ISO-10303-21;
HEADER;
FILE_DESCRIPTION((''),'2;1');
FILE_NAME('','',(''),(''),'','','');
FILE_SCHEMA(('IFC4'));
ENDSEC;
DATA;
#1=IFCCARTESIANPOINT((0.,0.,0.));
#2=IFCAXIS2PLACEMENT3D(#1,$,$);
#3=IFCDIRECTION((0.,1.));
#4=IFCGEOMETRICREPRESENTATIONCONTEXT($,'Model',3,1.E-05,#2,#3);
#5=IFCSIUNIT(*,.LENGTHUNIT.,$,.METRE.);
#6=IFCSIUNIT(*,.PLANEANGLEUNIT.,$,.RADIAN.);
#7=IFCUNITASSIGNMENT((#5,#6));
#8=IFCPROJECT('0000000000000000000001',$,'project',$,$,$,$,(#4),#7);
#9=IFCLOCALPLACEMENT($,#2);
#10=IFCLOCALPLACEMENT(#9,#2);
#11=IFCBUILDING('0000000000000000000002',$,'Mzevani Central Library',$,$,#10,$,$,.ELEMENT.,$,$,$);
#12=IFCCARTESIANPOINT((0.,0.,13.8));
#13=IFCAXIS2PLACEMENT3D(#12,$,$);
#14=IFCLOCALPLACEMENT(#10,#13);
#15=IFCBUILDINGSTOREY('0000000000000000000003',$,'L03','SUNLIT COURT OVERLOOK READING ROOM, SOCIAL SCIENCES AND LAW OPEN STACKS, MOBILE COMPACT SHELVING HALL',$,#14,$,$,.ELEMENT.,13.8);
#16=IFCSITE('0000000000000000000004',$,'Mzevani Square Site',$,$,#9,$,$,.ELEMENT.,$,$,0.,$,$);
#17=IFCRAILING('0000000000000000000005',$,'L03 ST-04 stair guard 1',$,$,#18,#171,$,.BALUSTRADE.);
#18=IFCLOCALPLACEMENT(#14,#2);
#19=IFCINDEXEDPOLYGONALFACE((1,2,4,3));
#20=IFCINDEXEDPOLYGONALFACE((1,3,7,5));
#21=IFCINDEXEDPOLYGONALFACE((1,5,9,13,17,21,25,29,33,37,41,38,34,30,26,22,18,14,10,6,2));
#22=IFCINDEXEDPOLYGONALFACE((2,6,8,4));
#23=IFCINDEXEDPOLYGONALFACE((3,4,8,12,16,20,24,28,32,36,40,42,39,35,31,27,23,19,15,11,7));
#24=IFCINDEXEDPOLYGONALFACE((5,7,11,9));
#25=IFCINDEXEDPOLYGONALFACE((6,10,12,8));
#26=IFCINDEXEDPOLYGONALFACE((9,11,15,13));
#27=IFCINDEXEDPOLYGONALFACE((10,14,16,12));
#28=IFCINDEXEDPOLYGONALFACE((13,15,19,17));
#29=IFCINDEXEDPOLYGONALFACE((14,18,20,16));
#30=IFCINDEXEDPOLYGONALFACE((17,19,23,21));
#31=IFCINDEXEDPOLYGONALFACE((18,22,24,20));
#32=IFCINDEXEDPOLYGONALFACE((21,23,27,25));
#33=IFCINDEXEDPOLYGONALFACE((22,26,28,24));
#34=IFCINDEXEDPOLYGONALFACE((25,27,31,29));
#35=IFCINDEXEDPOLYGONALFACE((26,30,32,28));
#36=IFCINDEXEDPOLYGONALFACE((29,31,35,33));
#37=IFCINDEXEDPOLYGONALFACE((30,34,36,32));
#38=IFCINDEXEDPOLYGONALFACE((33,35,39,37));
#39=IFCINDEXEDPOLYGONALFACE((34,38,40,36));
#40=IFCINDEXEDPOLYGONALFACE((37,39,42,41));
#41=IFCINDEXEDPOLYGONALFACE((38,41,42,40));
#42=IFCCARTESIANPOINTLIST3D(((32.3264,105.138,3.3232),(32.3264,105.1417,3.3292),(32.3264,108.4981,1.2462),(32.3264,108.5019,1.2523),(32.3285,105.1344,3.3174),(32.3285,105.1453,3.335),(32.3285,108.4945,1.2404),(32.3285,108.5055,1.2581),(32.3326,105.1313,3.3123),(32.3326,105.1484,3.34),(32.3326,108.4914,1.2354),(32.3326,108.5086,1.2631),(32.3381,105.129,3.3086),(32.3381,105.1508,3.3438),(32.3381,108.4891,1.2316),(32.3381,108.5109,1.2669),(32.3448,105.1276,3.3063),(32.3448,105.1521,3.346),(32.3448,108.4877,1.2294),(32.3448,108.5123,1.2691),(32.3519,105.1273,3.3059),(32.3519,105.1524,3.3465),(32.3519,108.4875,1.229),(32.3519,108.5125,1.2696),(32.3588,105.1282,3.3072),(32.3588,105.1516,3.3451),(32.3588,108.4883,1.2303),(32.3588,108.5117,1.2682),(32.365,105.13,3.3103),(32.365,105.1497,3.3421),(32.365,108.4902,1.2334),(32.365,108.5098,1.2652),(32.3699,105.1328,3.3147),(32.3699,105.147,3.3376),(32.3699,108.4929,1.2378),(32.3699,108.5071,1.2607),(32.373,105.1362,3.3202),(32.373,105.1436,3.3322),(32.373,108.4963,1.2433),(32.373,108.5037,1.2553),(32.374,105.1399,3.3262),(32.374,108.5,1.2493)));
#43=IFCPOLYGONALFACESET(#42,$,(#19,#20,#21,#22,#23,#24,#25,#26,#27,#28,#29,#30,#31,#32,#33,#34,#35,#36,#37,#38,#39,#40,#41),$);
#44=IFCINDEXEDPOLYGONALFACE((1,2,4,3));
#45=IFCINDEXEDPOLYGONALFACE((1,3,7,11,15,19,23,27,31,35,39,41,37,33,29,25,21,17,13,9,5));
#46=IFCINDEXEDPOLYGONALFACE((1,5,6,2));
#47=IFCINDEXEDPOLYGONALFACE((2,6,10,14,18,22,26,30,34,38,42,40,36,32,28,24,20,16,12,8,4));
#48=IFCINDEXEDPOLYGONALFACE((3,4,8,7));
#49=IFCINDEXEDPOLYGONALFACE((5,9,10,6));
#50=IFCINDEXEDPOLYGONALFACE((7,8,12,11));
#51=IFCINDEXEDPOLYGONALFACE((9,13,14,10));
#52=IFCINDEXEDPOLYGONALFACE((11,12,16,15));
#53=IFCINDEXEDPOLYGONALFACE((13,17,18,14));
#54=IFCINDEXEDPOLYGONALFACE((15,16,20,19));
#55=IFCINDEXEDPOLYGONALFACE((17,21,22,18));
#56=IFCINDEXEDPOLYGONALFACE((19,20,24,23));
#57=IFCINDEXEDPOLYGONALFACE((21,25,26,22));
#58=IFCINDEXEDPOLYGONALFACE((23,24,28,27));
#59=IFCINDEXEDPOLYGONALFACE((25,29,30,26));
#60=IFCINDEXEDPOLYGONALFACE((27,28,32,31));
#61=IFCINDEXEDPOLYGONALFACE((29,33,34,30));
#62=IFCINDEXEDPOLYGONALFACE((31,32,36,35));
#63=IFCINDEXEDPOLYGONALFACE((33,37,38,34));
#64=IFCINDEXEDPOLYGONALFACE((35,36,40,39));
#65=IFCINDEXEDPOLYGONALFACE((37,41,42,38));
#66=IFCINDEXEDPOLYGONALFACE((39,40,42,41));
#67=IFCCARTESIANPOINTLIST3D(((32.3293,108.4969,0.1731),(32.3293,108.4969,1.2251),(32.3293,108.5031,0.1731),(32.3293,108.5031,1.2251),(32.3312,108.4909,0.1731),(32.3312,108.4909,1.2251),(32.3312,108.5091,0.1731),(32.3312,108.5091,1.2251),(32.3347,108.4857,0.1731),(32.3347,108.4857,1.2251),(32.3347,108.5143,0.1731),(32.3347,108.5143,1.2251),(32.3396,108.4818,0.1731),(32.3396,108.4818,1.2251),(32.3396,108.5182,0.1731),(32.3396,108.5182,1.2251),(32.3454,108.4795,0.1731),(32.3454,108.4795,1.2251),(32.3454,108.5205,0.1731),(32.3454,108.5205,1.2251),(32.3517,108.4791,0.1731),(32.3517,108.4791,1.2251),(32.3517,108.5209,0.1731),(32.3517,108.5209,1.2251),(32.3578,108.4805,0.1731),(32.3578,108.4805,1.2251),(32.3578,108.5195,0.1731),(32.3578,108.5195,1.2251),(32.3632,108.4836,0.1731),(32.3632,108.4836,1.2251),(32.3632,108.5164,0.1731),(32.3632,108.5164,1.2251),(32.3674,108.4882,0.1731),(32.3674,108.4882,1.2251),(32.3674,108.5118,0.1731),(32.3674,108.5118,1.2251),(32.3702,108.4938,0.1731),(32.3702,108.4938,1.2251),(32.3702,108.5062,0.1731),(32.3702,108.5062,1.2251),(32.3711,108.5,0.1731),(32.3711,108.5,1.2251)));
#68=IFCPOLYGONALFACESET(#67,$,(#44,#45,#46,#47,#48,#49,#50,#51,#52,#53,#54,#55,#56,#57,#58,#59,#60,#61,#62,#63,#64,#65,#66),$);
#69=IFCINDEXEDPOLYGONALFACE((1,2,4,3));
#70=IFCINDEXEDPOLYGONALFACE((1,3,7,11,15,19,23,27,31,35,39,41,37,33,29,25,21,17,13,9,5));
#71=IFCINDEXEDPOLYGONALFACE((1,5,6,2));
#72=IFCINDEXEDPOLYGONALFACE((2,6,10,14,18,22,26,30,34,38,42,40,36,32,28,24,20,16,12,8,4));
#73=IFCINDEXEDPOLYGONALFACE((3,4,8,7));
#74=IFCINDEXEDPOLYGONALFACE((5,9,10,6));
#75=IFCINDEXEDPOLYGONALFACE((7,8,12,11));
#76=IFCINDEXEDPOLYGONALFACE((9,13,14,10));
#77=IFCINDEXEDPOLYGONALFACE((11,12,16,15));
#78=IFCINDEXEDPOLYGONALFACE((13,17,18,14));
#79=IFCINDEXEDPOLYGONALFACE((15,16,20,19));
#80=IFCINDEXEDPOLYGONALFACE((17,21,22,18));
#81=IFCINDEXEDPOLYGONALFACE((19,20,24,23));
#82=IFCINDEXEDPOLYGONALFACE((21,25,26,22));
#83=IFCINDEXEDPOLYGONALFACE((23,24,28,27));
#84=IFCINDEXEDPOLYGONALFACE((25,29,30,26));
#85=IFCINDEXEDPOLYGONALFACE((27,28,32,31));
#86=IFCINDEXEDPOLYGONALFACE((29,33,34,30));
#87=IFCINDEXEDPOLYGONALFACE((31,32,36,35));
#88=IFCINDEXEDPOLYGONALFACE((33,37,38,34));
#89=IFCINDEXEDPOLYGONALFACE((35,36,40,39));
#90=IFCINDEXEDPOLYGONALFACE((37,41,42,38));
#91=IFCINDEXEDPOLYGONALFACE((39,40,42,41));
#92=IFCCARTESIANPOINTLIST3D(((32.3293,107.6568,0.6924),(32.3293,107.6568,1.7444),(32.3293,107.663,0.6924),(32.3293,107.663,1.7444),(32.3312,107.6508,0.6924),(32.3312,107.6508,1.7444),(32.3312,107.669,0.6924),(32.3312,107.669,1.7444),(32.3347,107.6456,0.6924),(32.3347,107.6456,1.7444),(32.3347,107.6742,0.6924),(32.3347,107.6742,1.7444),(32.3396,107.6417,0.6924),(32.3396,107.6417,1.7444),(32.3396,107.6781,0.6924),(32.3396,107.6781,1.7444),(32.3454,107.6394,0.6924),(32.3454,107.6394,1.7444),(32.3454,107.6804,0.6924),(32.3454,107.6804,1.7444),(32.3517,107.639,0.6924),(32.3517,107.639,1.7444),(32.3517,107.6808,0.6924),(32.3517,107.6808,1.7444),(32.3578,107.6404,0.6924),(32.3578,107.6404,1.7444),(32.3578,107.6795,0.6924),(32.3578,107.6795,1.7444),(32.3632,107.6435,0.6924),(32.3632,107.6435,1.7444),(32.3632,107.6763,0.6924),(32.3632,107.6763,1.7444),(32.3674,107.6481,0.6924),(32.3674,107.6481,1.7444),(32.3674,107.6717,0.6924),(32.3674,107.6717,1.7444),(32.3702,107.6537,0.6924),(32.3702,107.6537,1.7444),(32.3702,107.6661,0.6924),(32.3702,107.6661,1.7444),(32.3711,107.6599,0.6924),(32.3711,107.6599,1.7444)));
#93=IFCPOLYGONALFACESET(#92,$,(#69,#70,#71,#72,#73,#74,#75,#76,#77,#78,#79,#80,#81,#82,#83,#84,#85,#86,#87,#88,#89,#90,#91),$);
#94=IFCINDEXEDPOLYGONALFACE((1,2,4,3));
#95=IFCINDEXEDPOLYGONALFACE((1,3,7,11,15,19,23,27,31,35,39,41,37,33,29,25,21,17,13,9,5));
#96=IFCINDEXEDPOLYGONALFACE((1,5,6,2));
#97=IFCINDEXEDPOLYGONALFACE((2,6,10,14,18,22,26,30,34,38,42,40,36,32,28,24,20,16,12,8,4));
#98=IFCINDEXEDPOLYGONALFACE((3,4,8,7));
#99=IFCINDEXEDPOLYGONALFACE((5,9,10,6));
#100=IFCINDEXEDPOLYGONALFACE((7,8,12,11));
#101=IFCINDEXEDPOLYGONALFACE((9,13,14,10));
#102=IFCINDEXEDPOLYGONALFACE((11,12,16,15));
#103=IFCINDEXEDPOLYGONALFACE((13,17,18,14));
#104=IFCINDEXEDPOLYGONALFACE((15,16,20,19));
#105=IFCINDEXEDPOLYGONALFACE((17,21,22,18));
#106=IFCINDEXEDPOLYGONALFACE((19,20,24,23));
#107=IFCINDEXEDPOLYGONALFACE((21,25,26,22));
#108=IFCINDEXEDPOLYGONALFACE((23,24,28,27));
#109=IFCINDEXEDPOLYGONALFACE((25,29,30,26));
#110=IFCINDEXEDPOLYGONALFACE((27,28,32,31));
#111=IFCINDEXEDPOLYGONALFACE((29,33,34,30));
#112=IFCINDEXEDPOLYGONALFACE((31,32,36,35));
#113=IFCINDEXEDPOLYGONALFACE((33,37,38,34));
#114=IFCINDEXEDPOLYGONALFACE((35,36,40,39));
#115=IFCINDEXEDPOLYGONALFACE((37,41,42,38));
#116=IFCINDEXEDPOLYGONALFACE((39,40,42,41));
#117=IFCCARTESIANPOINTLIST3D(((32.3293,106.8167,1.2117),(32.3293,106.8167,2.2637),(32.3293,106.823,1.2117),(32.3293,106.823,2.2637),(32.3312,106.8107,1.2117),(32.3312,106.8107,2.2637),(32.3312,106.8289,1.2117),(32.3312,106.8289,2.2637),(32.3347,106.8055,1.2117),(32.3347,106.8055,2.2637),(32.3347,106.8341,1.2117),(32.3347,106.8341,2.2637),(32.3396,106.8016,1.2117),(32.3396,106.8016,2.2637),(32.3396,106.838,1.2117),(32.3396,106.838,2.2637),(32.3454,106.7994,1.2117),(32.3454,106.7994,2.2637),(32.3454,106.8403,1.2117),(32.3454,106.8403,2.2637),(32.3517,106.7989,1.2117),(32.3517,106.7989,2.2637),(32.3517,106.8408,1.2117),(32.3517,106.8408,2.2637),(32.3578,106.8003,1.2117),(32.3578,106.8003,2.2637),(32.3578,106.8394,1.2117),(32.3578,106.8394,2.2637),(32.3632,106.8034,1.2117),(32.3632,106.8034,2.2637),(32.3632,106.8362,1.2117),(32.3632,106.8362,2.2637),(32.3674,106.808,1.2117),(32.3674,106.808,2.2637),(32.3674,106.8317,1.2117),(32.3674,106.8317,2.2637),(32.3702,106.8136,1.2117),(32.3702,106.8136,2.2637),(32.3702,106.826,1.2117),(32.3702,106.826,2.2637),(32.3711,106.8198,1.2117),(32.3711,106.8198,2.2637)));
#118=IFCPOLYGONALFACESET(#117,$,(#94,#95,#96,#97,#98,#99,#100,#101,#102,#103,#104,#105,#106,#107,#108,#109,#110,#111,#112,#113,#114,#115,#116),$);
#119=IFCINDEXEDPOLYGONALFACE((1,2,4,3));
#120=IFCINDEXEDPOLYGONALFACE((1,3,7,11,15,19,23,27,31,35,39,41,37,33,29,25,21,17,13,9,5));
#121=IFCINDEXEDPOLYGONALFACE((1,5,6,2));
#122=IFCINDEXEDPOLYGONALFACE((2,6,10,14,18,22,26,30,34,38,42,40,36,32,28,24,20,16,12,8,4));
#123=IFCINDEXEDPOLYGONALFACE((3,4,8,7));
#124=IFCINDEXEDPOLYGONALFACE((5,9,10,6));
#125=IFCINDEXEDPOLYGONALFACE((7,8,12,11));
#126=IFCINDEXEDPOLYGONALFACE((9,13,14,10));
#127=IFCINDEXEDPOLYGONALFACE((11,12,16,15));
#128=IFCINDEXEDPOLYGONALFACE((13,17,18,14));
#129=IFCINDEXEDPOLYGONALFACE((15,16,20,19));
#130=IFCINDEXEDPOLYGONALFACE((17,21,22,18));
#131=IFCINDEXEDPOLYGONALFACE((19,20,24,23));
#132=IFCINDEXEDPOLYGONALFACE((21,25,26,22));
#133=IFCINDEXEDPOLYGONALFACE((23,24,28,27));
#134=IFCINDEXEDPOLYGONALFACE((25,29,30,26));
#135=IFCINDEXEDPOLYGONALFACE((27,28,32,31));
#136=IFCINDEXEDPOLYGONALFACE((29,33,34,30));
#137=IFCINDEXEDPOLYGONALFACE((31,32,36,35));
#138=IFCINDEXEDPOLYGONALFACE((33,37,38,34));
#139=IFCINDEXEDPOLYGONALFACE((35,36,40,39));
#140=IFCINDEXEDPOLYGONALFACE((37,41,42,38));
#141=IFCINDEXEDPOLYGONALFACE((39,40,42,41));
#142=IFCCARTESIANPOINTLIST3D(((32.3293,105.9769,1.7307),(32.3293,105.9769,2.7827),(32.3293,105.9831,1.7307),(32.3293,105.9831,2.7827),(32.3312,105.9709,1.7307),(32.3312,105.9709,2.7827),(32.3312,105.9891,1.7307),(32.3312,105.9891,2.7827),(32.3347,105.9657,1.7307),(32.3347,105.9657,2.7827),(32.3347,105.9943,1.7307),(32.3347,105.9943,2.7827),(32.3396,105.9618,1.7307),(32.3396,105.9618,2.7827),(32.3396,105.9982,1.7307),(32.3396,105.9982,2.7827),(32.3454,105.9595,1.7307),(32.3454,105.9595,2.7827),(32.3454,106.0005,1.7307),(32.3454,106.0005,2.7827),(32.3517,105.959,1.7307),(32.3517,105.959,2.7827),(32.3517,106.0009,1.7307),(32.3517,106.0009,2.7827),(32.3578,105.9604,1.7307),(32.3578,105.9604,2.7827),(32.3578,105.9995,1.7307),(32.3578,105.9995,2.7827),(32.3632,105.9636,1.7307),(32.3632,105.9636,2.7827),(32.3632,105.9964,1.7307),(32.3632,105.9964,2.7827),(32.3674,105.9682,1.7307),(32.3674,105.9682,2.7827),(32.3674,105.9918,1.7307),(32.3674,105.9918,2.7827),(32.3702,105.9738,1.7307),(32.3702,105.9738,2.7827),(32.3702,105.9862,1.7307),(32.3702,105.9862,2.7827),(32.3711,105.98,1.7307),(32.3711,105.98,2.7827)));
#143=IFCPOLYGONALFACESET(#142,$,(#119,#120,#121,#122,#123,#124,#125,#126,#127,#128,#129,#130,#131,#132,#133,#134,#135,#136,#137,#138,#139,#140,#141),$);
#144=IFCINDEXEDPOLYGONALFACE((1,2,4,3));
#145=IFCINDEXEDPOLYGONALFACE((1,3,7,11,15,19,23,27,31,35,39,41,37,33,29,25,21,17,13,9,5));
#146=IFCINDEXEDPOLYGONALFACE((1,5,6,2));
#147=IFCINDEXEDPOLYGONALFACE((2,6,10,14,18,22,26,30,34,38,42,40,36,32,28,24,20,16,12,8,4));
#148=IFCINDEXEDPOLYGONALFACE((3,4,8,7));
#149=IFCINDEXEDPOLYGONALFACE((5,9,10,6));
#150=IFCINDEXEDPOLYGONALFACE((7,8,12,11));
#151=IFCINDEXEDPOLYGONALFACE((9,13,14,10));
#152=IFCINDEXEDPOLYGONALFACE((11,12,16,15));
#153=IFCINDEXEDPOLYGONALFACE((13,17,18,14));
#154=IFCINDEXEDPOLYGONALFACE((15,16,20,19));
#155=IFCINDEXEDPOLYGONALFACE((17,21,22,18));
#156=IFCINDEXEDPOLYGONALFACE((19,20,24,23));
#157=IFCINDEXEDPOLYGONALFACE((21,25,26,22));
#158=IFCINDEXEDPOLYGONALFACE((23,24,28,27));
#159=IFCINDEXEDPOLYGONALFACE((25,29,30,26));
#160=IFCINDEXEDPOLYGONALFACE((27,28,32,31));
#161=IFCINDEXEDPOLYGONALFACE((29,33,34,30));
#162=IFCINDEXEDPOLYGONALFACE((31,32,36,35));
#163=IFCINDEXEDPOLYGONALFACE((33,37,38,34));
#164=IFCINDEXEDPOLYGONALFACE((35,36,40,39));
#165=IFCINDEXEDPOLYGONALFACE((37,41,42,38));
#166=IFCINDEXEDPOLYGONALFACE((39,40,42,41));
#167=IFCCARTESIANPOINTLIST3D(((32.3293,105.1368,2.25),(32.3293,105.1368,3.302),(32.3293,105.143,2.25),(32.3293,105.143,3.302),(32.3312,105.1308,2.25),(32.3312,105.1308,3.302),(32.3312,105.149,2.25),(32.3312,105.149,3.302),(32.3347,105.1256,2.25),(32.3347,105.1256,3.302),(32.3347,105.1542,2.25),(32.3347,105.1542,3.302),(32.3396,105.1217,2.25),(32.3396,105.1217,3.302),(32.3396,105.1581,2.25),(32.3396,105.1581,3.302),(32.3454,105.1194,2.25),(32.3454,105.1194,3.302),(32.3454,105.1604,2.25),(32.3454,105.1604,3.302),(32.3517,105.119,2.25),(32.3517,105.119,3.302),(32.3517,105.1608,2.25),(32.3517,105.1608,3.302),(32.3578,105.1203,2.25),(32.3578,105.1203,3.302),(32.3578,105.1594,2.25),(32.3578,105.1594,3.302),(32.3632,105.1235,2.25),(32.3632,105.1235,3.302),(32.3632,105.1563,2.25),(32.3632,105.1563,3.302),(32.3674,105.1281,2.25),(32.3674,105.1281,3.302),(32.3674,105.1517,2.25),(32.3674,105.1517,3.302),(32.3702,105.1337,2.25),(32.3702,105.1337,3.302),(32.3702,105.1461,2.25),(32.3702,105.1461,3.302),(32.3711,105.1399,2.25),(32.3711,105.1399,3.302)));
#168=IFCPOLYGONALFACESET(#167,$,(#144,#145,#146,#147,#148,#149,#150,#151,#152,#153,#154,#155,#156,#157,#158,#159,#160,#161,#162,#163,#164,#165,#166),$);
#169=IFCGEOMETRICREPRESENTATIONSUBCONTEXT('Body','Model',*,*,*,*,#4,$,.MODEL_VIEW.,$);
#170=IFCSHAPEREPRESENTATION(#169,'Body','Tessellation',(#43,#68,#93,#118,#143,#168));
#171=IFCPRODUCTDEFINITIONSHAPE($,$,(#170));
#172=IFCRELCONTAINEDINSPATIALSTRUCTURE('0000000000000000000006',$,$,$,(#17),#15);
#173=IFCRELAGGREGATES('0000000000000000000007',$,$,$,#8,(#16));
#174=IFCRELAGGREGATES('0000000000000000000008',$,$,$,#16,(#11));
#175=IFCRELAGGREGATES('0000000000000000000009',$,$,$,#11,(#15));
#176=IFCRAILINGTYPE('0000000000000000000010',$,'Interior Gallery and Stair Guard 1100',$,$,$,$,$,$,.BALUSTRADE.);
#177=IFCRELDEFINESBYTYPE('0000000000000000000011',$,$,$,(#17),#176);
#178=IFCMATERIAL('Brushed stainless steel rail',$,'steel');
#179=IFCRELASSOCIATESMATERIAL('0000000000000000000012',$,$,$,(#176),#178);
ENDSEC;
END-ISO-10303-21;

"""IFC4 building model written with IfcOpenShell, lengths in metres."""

from ifc_helpers import new_model, si_unit, direction, frame, origin, origin_2d, place, context, subcontext, project, spatial, circle, extrude, material, type_object, element, save


model = new_model("IFC4")

# Units and contexts
model_context = context("Model", 3, precision=1e-05, world=origin(), true_north=direction((0.0, 1.0)))
body_context = subcontext(model_context, "Body", "Model", "MODEL_VIEW")
ifc_project = project(units=[si_unit("LENGTHUNIT", "METRE"), si_unit("PLANEANGLEUNIT", "RADIAN")], contexts=[model_context])

# Site, building, storey
site_placement = place(None, origin())
site = spatial("IfcSite", under=ifc_project, at=site_placement, Name="Mzevani Square Site", CompositionType="ELEMENT", RefElevation=0.0)
building_placement = place(site_placement, origin())
building = spatial("IfcBuilding", under=site, at=building_placement, Name="Mzevani Central Library", CompositionType="ELEMENT")
storey_placement = place(building_placement, frame((0.0, 0.0, 13.8)))
storey = spatial("IfcBuildingStorey", under=building, at=storey_placement, Name="L03", Description="SUNLIT COURT OVERLOOK READING ROOM, SOCIAL SCIENCES AND LAW OPEN STACKS, MOBILE COMPACT SHELVING HALL", CompositionType="ELEMENT", Elevation=13.8)

# Railing
ifc_material_1 = material(Name="Brushed stainless steel rail", Category="steel")
railing_type_1 = type_object("IfcRailingType", Name="Interior Gallery and Stair Guard 1100", PredefinedType="BALUSTRADE", material=ifc_material_1)
railing_1_placement = place(storey_placement, frame((32.3501, 108.5, 0.1731)))
element("IfcRailing", 1, at=railing_1_placement, inside=storey, type_object=railing_type_1, Name="L03 ST-04 stair guard 1", PredefinedType="BALUSTRADE", context=body_context, shape_type="SweptSolid", body=[
    extrude(circle(Radius=0.0239, at=origin_2d()), frame((0.0, 0.0, 1.0762), z_axis=(0.0, -0.850623, 0.525776), x_axis=(1.0, 0.0, 0.0)), (0.0, 0.0, 1.0), 3.9502),
    extrude(circle(Radius=0.021, at=origin_2d()), origin(), (0.0, 0.0, 1.0), 1.052),
    extrude(circle(Radius=0.021, at=origin_2d()), frame((0.0, -0.8401, 0.5193)), (0.0, 0.0, 1.0), 1.052),
    extrude(circle(Radius=0.021, at=origin_2d()), frame((0.0, -1.6802, 1.0386)), (0.0, 0.0, 1.0), 1.052),
    extrude(circle(Radius=0.021, at=origin_2d()), frame((0.0, -2.52, 1.5576)), (0.0, 0.0, 1.0), 1.052),
    extrude(circle(Radius=0.021, at=origin_2d()), frame((0.0, -3.3601, 2.0769)), (0.0, 0.0, 1.0), 1.052),
])

save(model, "model.ifc")
